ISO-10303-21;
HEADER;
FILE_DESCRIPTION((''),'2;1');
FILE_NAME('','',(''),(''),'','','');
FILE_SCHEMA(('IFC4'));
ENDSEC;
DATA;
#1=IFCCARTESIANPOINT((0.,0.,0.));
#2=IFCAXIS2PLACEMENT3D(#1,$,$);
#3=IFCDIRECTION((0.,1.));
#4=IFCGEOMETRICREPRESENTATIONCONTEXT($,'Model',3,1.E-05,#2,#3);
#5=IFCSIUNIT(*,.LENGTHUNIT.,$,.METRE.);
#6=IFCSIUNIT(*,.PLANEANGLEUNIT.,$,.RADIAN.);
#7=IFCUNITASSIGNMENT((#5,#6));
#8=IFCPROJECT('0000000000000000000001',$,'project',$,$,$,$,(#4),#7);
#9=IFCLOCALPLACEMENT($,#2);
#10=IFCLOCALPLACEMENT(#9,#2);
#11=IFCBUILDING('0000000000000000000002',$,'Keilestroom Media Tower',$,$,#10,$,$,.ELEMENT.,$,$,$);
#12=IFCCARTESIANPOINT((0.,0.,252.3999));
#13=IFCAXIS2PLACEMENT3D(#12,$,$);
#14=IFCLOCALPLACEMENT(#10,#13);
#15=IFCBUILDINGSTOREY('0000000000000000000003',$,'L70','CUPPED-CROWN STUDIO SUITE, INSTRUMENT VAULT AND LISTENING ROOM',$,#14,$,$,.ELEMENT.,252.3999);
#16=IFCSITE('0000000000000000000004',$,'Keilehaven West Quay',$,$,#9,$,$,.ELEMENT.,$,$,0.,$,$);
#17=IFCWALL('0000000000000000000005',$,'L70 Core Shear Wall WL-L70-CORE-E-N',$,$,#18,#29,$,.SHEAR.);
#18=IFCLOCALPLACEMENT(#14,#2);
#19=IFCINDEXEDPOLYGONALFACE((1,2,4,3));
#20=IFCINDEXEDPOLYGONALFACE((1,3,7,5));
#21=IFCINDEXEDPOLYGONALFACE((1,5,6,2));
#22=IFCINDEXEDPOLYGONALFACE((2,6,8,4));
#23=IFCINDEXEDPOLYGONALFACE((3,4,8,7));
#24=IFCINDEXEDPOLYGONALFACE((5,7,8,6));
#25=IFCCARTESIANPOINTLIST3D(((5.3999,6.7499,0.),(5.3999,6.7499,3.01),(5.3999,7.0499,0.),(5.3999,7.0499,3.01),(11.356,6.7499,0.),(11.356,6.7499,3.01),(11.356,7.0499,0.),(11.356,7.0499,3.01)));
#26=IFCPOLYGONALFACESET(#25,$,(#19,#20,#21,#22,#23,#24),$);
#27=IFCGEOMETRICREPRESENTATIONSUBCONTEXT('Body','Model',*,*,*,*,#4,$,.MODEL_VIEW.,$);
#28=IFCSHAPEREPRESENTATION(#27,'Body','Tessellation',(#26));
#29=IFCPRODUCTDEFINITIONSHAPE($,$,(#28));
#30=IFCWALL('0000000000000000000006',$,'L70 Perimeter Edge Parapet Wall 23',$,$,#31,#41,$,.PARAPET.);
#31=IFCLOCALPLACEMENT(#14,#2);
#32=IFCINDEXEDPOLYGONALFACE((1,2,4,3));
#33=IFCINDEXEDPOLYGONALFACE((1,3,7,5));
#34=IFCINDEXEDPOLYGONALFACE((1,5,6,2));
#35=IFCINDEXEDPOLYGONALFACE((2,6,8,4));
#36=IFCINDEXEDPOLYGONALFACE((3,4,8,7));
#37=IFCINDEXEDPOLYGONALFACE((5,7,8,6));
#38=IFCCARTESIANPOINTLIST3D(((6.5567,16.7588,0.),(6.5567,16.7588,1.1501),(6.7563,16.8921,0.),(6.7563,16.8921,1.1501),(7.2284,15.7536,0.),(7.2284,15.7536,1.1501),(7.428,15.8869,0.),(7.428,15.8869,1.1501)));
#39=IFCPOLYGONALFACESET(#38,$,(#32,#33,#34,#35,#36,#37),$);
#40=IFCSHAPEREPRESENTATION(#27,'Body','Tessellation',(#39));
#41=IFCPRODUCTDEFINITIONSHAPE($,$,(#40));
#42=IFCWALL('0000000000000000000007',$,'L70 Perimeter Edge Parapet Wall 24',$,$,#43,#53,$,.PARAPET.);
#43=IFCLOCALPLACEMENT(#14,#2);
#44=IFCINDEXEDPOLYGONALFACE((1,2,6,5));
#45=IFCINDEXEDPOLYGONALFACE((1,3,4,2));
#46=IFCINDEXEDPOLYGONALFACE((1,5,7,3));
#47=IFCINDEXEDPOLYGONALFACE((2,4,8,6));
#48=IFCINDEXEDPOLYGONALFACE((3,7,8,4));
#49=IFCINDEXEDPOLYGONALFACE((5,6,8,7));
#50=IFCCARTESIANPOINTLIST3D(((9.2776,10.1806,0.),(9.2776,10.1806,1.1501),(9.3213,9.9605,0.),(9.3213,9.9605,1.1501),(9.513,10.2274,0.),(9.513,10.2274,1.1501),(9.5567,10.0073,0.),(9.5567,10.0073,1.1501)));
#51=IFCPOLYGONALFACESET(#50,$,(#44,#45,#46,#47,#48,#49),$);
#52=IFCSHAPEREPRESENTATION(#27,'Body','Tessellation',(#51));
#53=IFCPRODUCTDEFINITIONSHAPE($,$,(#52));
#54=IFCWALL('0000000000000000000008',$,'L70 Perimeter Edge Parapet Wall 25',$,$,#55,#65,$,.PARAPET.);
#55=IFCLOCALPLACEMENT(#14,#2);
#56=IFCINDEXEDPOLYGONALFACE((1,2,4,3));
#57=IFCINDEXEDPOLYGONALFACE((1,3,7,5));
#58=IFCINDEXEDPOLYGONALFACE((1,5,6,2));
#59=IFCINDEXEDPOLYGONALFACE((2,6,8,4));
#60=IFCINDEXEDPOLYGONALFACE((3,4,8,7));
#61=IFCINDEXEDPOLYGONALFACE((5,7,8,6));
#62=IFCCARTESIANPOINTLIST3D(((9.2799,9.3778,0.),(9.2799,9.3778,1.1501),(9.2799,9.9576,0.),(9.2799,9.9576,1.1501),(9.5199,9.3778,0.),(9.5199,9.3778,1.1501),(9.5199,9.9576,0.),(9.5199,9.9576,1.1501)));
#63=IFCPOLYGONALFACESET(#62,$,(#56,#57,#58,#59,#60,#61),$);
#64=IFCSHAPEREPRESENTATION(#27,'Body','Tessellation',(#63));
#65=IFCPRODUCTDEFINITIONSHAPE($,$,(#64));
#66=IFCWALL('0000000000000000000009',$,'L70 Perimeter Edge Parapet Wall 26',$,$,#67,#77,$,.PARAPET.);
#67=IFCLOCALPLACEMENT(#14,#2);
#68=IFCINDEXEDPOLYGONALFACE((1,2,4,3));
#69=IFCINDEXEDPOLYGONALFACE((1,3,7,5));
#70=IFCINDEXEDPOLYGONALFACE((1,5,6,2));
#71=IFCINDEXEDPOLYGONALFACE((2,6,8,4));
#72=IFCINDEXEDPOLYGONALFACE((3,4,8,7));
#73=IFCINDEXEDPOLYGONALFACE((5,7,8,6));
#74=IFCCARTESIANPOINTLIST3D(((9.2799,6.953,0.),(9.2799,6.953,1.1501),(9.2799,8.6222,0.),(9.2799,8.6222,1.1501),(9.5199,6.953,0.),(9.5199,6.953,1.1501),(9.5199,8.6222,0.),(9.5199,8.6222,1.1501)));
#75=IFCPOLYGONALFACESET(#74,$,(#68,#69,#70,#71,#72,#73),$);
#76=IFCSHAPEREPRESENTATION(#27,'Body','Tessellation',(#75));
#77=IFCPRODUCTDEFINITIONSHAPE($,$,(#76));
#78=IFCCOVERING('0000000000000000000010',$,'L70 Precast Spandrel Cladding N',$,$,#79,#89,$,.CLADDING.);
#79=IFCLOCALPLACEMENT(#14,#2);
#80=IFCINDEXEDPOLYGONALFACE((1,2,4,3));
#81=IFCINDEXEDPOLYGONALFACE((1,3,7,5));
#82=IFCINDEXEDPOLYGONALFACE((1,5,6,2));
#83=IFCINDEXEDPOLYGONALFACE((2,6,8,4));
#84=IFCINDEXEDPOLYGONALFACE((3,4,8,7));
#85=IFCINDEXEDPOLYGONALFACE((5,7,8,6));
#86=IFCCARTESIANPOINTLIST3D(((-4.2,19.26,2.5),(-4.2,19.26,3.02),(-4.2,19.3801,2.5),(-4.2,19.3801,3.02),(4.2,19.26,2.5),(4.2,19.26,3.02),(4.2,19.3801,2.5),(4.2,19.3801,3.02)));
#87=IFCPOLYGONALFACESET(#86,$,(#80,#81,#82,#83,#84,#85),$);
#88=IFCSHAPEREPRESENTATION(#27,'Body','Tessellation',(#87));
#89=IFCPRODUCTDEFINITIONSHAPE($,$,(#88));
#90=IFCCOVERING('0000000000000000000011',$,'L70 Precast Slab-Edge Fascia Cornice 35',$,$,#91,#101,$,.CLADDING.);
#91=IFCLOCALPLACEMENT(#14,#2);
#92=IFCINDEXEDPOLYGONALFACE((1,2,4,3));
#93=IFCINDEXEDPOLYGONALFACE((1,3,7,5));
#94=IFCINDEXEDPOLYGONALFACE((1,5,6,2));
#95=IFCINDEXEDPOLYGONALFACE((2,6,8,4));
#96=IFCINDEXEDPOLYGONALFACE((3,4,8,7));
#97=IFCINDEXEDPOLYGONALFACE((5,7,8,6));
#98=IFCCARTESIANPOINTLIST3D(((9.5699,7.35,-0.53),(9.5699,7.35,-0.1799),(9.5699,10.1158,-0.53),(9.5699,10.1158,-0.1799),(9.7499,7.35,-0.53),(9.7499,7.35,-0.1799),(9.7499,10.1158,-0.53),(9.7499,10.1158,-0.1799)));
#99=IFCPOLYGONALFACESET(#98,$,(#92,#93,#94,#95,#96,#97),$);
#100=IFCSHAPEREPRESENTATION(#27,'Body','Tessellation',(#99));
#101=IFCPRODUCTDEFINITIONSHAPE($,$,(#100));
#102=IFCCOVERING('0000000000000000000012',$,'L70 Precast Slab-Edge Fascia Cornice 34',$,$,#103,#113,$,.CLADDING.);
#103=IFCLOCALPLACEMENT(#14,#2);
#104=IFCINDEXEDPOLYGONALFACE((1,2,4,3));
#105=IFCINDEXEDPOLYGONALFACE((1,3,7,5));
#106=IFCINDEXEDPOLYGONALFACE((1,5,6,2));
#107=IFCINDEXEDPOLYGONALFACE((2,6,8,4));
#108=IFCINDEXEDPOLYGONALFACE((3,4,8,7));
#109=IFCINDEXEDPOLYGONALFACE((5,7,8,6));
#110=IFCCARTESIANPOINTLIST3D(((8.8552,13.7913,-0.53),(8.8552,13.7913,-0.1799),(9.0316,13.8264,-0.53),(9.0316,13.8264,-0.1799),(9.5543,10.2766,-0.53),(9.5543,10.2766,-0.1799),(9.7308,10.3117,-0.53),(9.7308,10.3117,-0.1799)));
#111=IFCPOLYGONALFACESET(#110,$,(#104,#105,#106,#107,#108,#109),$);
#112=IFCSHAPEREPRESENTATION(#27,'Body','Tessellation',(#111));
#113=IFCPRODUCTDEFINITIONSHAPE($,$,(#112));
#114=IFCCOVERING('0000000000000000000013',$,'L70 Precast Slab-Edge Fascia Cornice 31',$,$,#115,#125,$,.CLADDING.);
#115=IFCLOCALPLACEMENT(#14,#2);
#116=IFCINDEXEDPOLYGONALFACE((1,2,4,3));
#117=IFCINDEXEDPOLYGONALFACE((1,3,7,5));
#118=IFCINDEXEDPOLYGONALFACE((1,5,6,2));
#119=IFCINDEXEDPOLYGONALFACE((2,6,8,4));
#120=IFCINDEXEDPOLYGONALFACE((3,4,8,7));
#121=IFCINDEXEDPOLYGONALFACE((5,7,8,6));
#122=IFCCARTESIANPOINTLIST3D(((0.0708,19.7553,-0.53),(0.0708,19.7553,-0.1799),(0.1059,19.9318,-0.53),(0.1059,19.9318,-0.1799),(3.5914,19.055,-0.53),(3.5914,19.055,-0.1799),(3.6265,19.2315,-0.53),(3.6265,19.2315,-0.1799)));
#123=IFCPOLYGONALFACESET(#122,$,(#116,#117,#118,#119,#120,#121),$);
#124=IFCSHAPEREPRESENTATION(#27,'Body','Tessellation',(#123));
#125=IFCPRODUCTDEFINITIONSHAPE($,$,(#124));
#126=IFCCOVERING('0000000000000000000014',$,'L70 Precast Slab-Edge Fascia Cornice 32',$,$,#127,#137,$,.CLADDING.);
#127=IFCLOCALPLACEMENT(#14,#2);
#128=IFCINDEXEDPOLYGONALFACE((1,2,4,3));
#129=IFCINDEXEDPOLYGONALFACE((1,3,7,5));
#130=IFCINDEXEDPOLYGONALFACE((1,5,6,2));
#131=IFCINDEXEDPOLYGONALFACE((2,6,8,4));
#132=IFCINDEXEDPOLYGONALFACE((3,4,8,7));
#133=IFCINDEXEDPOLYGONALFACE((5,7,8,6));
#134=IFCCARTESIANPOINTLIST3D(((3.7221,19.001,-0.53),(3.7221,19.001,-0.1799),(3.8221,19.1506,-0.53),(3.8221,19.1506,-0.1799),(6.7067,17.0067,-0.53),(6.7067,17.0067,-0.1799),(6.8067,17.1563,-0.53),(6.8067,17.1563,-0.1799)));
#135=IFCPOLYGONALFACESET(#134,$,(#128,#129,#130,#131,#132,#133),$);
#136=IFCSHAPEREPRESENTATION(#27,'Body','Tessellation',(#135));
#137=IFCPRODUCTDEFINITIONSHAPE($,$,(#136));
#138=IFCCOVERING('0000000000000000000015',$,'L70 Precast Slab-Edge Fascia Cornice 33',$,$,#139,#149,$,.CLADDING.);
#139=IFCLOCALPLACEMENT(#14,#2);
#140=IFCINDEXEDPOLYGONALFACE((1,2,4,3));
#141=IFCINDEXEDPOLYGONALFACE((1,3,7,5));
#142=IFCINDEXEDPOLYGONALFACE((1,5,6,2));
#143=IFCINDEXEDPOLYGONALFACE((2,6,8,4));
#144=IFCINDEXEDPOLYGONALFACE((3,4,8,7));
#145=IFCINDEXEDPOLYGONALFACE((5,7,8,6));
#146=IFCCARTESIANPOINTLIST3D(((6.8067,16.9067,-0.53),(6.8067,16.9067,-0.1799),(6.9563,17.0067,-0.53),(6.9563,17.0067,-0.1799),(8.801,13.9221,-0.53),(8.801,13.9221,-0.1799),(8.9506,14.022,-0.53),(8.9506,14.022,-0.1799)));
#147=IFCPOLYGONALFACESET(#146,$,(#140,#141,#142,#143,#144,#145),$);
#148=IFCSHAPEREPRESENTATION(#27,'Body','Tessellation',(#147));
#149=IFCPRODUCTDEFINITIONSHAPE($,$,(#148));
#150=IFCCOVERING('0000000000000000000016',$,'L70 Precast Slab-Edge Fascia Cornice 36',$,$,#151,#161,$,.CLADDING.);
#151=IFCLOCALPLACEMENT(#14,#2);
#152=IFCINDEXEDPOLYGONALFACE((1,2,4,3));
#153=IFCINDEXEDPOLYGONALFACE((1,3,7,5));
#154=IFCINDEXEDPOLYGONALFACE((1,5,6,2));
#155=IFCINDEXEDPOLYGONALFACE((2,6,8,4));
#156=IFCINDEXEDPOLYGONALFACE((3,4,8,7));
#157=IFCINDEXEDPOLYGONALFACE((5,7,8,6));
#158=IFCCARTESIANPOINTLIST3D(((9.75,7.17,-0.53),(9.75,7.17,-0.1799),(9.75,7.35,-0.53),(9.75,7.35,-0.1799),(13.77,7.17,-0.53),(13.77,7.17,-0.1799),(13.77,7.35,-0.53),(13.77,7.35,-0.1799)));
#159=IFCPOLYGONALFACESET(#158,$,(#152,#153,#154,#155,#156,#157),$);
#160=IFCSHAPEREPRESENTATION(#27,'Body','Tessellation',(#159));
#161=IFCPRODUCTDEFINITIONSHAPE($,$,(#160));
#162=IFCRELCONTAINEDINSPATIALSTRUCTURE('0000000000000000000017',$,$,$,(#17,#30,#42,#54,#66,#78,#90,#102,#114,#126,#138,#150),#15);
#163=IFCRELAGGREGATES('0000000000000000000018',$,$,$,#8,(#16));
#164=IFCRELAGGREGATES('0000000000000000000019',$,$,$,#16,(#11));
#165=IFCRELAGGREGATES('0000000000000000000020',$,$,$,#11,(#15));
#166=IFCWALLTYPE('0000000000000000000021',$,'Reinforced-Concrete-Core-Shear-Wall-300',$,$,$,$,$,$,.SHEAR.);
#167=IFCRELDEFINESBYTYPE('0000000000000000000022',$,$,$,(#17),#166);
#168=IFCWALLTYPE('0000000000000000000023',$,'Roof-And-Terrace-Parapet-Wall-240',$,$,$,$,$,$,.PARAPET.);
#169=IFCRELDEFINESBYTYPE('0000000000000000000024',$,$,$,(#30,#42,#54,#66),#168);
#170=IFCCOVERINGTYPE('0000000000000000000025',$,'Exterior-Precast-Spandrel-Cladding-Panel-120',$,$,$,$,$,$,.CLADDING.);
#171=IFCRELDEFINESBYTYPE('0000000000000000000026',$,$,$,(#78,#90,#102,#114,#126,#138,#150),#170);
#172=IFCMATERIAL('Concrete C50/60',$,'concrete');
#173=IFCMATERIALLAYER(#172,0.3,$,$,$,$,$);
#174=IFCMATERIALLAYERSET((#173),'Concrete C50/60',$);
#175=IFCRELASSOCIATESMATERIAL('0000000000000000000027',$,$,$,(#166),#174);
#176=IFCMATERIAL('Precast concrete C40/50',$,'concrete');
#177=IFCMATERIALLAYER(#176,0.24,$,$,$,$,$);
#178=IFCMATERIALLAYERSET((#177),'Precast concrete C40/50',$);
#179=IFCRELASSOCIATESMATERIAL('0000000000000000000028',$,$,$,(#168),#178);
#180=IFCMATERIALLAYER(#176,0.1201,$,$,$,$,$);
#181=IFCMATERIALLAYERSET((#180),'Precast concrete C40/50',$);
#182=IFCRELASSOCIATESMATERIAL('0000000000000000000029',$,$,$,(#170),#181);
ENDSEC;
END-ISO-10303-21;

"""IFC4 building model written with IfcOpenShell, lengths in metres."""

from ifc_helpers import new_model, si_unit, direction, frame, frame_2d, origin, origin_2d, place, context, subcontext, project, spatial, rectangle, extrude, source, transform, mapped, material, layer, layer_set, type_object, element, save


model = new_model("IFC4")

# Units and contexts
model_context = context("Model", 3, precision=1e-05, world=origin(), true_north=direction((0.0, 1.0)))
body_context = subcontext(model_context, "Body", "Model", "MODEL_VIEW")
ifc_project = project(units=[si_unit("LENGTHUNIT", "METRE"), si_unit("PLANEANGLEUNIT", "RADIAN")], contexts=[model_context])

# Site, building, storey
site_placement = place(None, origin())
site = spatial("IfcSite", under=ifc_project, at=site_placement, Name="Keilehaven West Quay", CompositionType="ELEMENT", RefElevation=0.0)
building_placement = place(site_placement, origin())
building = spatial("IfcBuilding", under=site, at=building_placement, Name="Keilestroom Media Tower", CompositionType="ELEMENT")
storey_placement = place(building_placement, frame((0.0, 0.0, 252.3999)))
storey = spatial("IfcBuildingStorey", under=building, at=storey_placement, Name="L70", Description="CUPPED-CROWN STUDIO SUITE, INSTRUMENT VAULT AND LISTENING ROOM", CompositionType="ELEMENT", Elevation=252.3999)

# Shared definitions
ifc_material_1 = material(Name="Concrete C50/60", Category="concrete")

# Walls
ifc_material_2 = material(Name="Precast concrete C40/50", Category="concrete")
ifc_layer_1 = layer(ifc_material_1, 0.3)
ifc_layer_set_1 = layer_set([ifc_layer_1], Name="Concrete C50/60")
wall_type_1 = type_object("IfcWallType", Name="Reinforced-Concrete-Core-Shear-Wall-300", PredefinedType="SHEAR", material=ifc_layer_set_1)
wall_1_placement = place(storey_placement, frame((5.3999, 6.8999, 0.0), z_axis=(0.0, 0.0, 1.0), x_axis=(1.0, 0.0, 0.0)))
element("IfcWall", 1, at=wall_1_placement, inside=storey, type_object=wall_type_1, Name="L70 Core Shear Wall WL-L70-CORE-E-N", PredefinedType="SHEAR", context=body_context, shape_type="SweptSolid", body=[
    extrude(rectangle(XDim=5.9561, YDim=0.3, at=frame_2d((2.978, 0.0))), origin(), (0.0, 0.0, 1.0), 3.01),
])
ifc_layer_2 = layer(ifc_material_2, 0.24)
ifc_layer_set_2 = layer_set([ifc_layer_2], Name="Precast concrete C40/50")
wall_type_2 = type_object("IfcWallType", Name="Roof-And-Terrace-Parapet-Wall-240", PredefinedType="PARAPET", material=ifc_layer_set_2)
wall_2_placement = place(storey_placement, frame((6.6565, 16.8254, 0.0), z_axis=(0.0, 0.0, 1.0), x_axis=(0.555585, -0.831459, 0.0)))
element("IfcWall", 2, at=wall_2_placement, inside=storey, type_object=wall_type_2, Name="L70 Perimeter Edge Parapet Wall 23", PredefinedType="PARAPET", context=body_context, shape_type="SweptSolid", body=[
    extrude(rectangle(XDim=1.209, YDim=0.24, at=frame_2d((0.6045, 0.0))), origin(), (0.0, 0.0, 1.0), 1.1501),
])
wall_3_placement = place(storey_placement, frame((9.3953, 10.2041, 0.0), z_axis=(0.0, 0.0, 1.0), x_axis=(0.19486, -0.980831, 0.0)))
element("IfcWall", 3, at=wall_3_placement, inside=storey, type_object=wall_type_2, Name="L70 Perimeter Edge Parapet Wall 24", PredefinedType="PARAPET", context=body_context, shape_type="SweptSolid", body=[
    extrude(rectangle(XDim=0.2244, YDim=0.24, at=frame_2d((0.1123, 0.0))), origin(), (0.0, 0.0, 1.0), 1.1501),
])
wall_4_placement = place(storey_placement, frame((9.3999, 9.9578, 0.0), z_axis=(0.0, 0.0, 1.0), x_axis=(0.0, -1.0, 0.0)))
element("IfcWall", 4, at=wall_4_placement, inside=storey, type_object=wall_type_2, Name="L70 Perimeter Edge Parapet Wall 25", PredefinedType="PARAPET", context=body_context, shape_type="SweptSolid", body=[
    extrude(rectangle(XDim=0.5798, YDim=0.24, at=frame_2d((0.29, 0.0))), origin(), (0.0, 0.0, 1.0), 1.1501),
])
wall_5_placement = place(storey_placement, frame((9.3999, 8.6221, 0.0), z_axis=(0.0, 0.0, 1.0), x_axis=(0.0, -1.0, 0.0)))
element("IfcWall", 5, at=wall_5_placement, inside=storey, type_object=wall_type_2, Name="L70 Perimeter Edge Parapet Wall 26", PredefinedType="PARAPET", context=body_context, shape_type="SweptSolid", body=[
    extrude(rectangle(XDim=1.6692, YDim=0.24, at=frame_2d((0.8345, 0.0))), origin(), (0.0, 0.0, 1.0), 1.1501),
])

# Coverings
ifc_layer_3 = layer(ifc_material_2, 0.1201)
ifc_layer_set_3 = layer_set([ifc_layer_3], Name="Precast concrete C40/50")
covering_type = type_object("IfcCoveringType", Name="Exterior-Precast-Spandrel-Cladding-Panel-120", PredefinedType="CLADDING", material=ifc_layer_set_3)
shared_shape_1 = source(origin(), body_context, "Body", "SweptSolid", [
    extrude(rectangle(XDim=8.3999, YDim=0.1201, at=origin_2d()), origin(), (0.0, 0.0, 1.0), 0.52),
])
covering_1_placement = place(storey_placement, frame((0.0, 19.3201, 2.5), z_axis=(0.0, 0.0, 1.0), x_axis=(1.0, 0.0, 0.0)))
element("IfcCovering", 6, at=covering_1_placement, inside=storey, type_object=covering_type, Name="L70 Precast Spandrel Cladding N", PredefinedType="CLADDING", context=body_context, shape_type="MappedRepresentation", body=[
    mapped(shared_shape_1, transform((0.0, 0.0, 0.0), x_axis=(1.0, 0.0, 0.0), y_axis=(0.0, 1.0, 0.0), z_axis=(0.0, 0.0, 1.0), scale=1.0)),
])
shared_shape_2 = source(origin(), body_context, "Body", "SweptSolid", [
    extrude(rectangle(XDim=2.7659, YDim=0.1799, at=origin_2d()), origin(), (0.0, 0.0, 1.0), 0.3501),
])
covering_2_placement = place(storey_placement, frame((9.6599, 8.7329, -0.53), z_axis=(0.0, 0.0, 1.0), x_axis=(0.0, -1.0, 0.0)))
element("IfcCovering", 7, at=covering_2_placement, inside=storey, type_object=covering_type, Name="L70 Precast Slab-Edge Fascia Cornice 35", PredefinedType="CLADDING", context=body_context, shape_type="MappedRepresentation", body=[
    mapped(shared_shape_2, transform((0.0, 0.0, 0.0), x_axis=(1.0, 0.0, 0.0), y_axis=(0.0, 1.0, 0.0), z_axis=(0.0, 0.0, 1.0), scale=1.0)),
])
shared_shape_3 = source(origin(), body_context, "Body", "SweptSolid", [
    extrude(rectangle(XDim=3.5835, YDim=0.1799, at=origin_2d()), origin(), (0.0, 0.0, 1.0), 0.3501),
])
covering_3_placement = place(storey_placement, frame((9.293, 12.0515, -0.53), z_axis=(0.0, 0.0, 1.0), x_axis=(0.195099, -0.980784, 0.0)))
element("IfcCovering", 8, at=covering_3_placement, inside=storey, type_object=covering_type, Name="L70 Precast Slab-Edge Fascia Cornice 34", PredefinedType="CLADDING", context=body_context, shape_type="MappedRepresentation", body=[
    mapped(shared_shape_3, transform((0.0, 0.0, 0.0), x_axis=(1.0, 0.0, 0.0), y_axis=(0.0, 1.0, 0.0), z_axis=(0.0, 0.0, 1.0), scale=1.0)),
])
shared_shape_4 = source(origin(), body_context, "Body", "SweptSolid", [
    extrude(rectangle(XDim=3.5896, YDim=0.1799, at=origin_2d()), origin(), (0.0, 0.0, 1.0), 0.3501),
])
for number, where, z_axis, x_axis, name in (
    (9, (1.8486, 19.4934, -0.53), (0.0, 0.0, 1.0), (0.980784, -0.195099, 0.0), "L70 Precast Slab-Edge Fascia Cornice 31"),
    (10, (5.2644, 18.0786, -0.53), (0.0, 0.0, 1.0), (0.831467, -0.555575, 0.0), "L70 Precast Slab-Edge Fascia Cornice 32"),
    (11, (7.8787, 15.4644, -0.53), (0.0, 0.0, 1.0), (0.555575, -0.831467, 0.0), "L70 Precast Slab-Edge Fascia Cornice 33"),
):
    element("IfcCovering", number, at=place(storey_placement, frame(where, z_axis=z_axis, x_axis=x_axis)), inside=storey, type_object=covering_type, Name=name, PredefinedType="CLADDING", context=body_context, shape_type="MappedRepresentation", body=[
        mapped(shared_shape_4, transform((0.0, 0.0, 0.0), x_axis=(1.0, 0.0, 0.0), y_axis=(0.0, 1.0, 0.0), z_axis=(0.0, 0.0, 1.0), scale=1.0)),
    ])
shared_shape_5 = source(origin(), body_context, "Body", "SweptSolid", [
    extrude(rectangle(XDim=4.02, YDim=0.1799, at=origin_2d()), origin(), (0.0, 0.0, 1.0), 0.3501),
])
covering_4_placement = place(storey_placement, frame((11.76, 7.26, -0.53), z_axis=(0.0, 0.0, 1.0), x_axis=(1.0, 0.0, 0.0)))
element("IfcCovering", 12, at=covering_4_placement, inside=storey, type_object=covering_type, Name="L70 Precast Slab-Edge Fascia Cornice 36", PredefinedType="CLADDING", context=body_context, shape_type="MappedRepresentation", body=[
    mapped(shared_shape_5, transform((0.0, 0.0, 0.0), x_axis=(1.0, 0.0, 0.0), y_axis=(0.0, 1.0, 0.0), z_axis=(0.0, 0.0, 1.0), scale=1.0)),
])

save(model, "model.ifc")
